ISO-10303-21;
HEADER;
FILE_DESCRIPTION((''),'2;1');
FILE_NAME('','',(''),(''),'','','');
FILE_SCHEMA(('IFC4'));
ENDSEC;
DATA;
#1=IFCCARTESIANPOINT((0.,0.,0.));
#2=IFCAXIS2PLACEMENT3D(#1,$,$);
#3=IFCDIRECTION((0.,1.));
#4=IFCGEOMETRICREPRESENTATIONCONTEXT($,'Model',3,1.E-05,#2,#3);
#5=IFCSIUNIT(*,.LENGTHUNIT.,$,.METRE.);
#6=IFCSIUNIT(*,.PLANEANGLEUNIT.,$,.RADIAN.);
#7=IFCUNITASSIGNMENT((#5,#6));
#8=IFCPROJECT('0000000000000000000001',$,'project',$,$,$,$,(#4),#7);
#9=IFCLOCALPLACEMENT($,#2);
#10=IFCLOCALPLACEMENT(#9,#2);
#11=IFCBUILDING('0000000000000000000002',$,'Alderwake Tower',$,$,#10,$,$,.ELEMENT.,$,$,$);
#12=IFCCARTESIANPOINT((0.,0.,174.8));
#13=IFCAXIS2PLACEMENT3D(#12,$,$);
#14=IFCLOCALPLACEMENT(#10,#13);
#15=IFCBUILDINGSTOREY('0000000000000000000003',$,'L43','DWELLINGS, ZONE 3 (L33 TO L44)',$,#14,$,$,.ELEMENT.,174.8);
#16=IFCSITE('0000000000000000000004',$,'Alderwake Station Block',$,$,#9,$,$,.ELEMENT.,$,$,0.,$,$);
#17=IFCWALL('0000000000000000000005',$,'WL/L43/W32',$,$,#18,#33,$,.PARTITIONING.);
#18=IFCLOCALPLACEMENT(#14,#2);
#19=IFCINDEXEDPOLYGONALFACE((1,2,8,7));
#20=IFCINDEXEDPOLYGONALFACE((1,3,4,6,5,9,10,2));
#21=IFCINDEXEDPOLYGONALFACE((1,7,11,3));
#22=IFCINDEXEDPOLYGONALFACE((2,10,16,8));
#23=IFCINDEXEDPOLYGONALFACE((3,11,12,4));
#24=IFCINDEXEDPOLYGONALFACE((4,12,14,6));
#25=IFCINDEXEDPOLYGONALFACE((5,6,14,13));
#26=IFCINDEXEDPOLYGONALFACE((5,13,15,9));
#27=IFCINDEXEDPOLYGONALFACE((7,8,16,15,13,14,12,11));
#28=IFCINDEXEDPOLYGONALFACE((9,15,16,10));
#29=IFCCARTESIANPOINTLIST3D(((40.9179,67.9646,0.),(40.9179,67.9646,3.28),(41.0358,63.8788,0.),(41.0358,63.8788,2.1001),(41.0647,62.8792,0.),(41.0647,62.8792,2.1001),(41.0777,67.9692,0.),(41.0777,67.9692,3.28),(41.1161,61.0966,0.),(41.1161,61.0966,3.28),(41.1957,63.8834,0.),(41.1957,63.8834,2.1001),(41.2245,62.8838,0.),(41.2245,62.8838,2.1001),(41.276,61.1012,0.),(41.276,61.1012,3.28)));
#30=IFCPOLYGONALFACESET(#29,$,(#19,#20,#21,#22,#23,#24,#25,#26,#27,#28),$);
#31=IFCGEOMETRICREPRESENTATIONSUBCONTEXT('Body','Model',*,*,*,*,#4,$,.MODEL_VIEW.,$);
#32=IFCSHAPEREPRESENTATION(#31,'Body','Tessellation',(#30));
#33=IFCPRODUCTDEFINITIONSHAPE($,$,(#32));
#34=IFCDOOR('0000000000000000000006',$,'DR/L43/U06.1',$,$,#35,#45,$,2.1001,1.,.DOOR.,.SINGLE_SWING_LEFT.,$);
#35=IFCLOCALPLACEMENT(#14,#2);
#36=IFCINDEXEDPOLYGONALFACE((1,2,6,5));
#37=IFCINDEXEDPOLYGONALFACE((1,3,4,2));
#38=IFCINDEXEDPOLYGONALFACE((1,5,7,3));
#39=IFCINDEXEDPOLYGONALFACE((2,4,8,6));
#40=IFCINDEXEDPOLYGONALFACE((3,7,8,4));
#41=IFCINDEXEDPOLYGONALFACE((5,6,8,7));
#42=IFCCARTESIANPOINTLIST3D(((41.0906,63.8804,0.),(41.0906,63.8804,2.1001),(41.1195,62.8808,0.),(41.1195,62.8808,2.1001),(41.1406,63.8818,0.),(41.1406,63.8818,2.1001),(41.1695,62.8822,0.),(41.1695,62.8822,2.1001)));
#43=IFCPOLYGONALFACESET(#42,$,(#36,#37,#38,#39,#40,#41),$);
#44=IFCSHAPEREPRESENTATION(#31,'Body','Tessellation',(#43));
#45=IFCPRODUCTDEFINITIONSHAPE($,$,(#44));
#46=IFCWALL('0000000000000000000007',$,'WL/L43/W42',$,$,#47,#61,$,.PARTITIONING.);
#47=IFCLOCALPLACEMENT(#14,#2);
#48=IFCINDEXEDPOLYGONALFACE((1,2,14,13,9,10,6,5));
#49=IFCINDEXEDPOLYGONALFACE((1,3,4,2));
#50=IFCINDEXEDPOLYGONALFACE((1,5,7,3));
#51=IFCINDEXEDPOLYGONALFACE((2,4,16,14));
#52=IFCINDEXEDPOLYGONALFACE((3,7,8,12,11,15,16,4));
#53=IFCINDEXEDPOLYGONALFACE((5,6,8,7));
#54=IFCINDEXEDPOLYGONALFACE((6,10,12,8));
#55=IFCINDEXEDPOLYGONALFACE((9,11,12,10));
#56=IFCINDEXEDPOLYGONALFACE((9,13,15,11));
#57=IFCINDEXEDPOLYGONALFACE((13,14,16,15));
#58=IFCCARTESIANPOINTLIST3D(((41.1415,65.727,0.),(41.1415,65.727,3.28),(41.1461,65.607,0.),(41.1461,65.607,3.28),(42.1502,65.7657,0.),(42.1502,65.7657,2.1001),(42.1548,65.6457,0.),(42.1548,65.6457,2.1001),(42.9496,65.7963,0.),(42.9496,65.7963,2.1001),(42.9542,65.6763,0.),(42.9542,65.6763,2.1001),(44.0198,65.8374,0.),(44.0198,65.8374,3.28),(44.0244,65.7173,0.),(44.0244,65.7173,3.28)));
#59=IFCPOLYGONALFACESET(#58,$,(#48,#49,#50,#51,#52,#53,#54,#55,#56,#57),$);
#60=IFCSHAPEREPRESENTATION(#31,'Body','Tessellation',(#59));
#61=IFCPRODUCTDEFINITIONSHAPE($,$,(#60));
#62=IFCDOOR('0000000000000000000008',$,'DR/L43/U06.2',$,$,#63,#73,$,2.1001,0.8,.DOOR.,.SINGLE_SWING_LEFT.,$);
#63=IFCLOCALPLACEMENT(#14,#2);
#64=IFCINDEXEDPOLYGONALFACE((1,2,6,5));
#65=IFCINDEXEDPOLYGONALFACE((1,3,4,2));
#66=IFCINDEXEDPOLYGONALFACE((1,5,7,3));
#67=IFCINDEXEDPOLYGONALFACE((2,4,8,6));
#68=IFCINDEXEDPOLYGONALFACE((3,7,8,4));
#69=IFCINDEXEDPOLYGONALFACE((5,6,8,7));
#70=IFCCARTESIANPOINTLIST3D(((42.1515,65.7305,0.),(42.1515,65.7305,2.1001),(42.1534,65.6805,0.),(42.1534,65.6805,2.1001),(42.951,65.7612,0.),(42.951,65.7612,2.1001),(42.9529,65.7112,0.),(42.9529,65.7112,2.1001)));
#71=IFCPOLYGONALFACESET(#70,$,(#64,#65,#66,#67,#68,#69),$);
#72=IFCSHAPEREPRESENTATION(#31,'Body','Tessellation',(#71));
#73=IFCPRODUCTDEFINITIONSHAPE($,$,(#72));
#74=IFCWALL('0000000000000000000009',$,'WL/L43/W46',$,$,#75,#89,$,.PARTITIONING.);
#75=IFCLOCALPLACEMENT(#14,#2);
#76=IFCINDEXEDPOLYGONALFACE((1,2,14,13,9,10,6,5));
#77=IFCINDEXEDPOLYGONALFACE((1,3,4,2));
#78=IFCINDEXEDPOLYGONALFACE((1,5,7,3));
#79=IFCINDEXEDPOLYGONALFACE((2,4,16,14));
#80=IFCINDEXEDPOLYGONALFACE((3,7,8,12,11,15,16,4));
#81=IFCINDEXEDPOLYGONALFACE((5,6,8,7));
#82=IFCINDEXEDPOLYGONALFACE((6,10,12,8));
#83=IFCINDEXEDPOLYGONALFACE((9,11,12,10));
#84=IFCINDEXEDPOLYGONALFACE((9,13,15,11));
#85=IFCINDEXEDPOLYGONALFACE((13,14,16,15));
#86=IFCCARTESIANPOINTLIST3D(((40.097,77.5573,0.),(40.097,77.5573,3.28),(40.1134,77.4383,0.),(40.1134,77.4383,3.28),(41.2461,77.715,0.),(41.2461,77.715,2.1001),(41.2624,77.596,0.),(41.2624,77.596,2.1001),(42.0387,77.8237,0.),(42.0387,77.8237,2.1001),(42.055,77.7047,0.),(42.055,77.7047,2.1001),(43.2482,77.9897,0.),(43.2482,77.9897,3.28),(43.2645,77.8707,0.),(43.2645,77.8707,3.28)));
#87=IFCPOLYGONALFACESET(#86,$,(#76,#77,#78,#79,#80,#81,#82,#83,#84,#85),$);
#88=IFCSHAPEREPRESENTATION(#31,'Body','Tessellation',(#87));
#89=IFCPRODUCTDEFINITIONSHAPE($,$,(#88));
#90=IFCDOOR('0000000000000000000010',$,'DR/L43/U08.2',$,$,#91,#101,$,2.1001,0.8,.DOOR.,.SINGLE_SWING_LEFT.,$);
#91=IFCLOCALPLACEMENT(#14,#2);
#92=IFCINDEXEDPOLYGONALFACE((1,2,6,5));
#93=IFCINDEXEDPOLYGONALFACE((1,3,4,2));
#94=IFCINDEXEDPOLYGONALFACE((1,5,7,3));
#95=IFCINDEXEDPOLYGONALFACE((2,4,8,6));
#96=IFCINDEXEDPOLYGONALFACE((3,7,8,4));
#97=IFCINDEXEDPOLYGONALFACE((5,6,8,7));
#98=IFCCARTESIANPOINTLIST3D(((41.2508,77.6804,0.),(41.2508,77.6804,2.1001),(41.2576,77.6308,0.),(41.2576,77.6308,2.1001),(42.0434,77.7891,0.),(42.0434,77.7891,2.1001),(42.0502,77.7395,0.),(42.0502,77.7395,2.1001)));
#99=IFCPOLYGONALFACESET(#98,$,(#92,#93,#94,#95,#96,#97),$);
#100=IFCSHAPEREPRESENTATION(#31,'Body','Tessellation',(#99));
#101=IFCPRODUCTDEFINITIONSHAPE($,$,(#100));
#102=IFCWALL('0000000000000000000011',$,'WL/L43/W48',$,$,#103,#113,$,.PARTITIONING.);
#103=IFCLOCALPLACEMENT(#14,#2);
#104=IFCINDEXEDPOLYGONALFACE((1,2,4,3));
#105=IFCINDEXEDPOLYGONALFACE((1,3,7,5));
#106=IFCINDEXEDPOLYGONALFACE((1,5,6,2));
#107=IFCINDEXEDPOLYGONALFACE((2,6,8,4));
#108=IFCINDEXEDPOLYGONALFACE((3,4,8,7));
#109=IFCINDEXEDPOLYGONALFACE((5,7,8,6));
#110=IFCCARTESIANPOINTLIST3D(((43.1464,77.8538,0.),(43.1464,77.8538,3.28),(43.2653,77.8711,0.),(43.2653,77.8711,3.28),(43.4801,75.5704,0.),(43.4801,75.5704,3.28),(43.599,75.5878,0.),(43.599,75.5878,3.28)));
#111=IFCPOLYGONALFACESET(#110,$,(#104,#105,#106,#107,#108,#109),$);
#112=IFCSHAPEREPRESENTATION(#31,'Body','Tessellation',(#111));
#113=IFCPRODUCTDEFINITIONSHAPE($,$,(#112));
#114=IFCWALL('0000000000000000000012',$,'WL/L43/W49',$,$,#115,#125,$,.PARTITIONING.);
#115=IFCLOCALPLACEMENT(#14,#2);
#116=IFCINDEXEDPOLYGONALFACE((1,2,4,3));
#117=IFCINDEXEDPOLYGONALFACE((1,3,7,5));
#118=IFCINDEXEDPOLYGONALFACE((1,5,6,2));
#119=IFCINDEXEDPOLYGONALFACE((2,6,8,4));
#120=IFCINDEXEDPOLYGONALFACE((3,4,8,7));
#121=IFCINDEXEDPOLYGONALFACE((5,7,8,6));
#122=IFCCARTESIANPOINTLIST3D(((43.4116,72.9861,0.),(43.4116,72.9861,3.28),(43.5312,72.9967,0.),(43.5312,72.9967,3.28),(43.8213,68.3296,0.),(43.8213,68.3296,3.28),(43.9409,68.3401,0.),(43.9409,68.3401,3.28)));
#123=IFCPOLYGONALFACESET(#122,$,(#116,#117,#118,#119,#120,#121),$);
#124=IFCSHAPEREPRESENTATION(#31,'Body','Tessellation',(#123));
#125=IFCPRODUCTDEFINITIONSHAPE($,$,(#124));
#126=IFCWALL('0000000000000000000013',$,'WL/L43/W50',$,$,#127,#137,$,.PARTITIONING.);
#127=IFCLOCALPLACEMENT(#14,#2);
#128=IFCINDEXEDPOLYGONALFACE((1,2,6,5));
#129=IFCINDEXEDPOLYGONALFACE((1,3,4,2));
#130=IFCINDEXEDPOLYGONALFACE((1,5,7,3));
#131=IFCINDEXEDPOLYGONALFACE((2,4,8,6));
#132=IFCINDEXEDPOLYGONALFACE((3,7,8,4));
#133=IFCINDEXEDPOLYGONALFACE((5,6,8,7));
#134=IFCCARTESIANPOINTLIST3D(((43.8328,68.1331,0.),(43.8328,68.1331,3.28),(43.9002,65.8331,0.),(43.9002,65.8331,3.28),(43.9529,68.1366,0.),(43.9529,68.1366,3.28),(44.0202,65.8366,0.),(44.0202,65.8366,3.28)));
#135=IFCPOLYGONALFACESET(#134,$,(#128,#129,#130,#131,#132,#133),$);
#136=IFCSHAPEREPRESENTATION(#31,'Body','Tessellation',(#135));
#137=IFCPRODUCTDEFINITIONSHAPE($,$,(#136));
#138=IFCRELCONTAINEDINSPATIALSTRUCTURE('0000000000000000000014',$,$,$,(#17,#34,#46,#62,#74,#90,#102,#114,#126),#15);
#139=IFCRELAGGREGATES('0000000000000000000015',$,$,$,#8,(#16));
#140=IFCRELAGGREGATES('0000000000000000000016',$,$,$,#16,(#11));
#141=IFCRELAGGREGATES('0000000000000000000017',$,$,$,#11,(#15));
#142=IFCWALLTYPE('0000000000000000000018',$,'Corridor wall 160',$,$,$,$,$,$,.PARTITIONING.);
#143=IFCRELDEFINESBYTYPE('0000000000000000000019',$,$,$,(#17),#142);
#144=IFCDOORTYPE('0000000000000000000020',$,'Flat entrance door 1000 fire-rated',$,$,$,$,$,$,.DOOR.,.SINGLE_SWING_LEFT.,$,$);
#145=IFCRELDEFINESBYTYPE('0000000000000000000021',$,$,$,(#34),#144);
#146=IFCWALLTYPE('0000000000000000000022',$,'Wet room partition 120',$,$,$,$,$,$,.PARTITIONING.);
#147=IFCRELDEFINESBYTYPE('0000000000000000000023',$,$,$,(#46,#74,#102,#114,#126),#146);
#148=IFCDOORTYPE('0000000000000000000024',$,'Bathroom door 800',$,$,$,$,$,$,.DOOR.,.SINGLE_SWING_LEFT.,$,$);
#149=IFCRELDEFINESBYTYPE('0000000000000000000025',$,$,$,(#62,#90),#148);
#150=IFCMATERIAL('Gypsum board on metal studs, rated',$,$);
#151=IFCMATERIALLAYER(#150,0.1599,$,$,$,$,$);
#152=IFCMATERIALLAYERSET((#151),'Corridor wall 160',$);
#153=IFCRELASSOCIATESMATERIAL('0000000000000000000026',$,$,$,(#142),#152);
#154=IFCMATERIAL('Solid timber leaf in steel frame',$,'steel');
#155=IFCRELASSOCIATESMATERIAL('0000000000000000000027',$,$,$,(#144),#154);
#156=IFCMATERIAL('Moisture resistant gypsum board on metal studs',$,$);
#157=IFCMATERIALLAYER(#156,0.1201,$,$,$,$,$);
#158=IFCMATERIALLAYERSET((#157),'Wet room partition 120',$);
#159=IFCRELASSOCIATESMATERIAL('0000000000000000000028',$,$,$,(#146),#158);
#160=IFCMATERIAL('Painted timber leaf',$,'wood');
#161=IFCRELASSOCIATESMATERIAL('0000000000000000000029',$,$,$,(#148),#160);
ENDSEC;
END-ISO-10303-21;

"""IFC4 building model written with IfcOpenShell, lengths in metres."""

from ifc_helpers import new_model, si_unit, direction, frame, frame_2d, origin, place, context, subcontext, project, spatial, rectangle, extrude, material, layer, layer_set, type_object, element, fill, save


model = new_model("IFC4")

# Units and contexts
model_context = context("Model", 3, precision=1e-05, world=origin(), true_north=direction((0.0, 1.0)))
body_context = subcontext(model_context, "Body", "Model", "MODEL_VIEW")
ifc_project = project(units=[si_unit("LENGTHUNIT", "METRE"), si_unit("PLANEANGLEUNIT", "RADIAN")], contexts=[model_context])

# Site, building, storey
site_placement = place(None, origin())
site = spatial("IfcSite", under=ifc_project, at=site_placement, Name="Alderwake Station Block", CompositionType="ELEMENT", RefElevation=0.0)
building_placement = place(site_placement, origin())
building = spatial("IfcBuilding", under=site, at=building_placement, Name="Alderwake Tower", CompositionType="ELEMENT")
storey_placement = place(building_placement, frame((0.0, 0.0, 174.8)))
storey = spatial("IfcBuildingStorey", under=building, at=storey_placement, Name="L43", Description="DWELLINGS, ZONE 3 (L33 TO L44)", CompositionType="ELEMENT", Elevation=174.8)

# Walls, openings, doors
ifc_material_1 = material(Name="Gypsum board on metal studs, rated")
ifc_layer_1 = layer(ifc_material_1, 0.1599)
ifc_layer_set_1 = layer_set([ifc_layer_1], Name="Corridor wall 160")
wall_type_1 = type_object("IfcWallType", Name="Corridor wall 160", PredefinedType="PARTITIONING", material=ifc_layer_set_1)
ifc_material_2 = material(Name="Solid timber leaf in steel frame", Category="steel")
door_type_1 = type_object("IfcDoorType", Name="Flat entrance door 1000 fire-rated", OperationType="SINGLE_SWING_LEFT", PredefinedType="DOOR", material=ifc_material_2)
wall_1_placement = place(storey_placement, frame((40.9978, 67.967, 0.0), z_axis=(0.0, 0.0, 1.0), x_axis=(0.028853, -0.999584, 0.0)))
wall_1 = element("IfcWall", 1, at=wall_1_placement, inside=storey, type_object=wall_type_1, Name="WL/L43/W32", PredefinedType="PARTITIONING", context=body_context, shape_type="SweptSolid", body=[
    extrude(rectangle(XDim=6.8708, YDim=0.1599, at=frame_2d((3.4355, 0.0))), origin(), (0.0, 0.0, 1.0), 3.28),
])
opening_1_placement = place(wall_1_placement, frame((4.0876, 0.0, 0.0)))
opening_1 = element("IfcOpeningElement", 2, at=opening_1_placement, cuts=wall_1, PredefinedType="OPENING", context=body_context, shape_type="SweptSolid", body=[
    extrude(rectangle(XDim=1.0, YDim=2.1001, at=frame_2d((0.5, 1.05))), frame((0.0, 0.0898, 0.0), z_axis=(0.0, -1.0, 0.0), x_axis=(1.0, 0.0, 0.0)), (0.0, 0.0, 1.0), 0.1799),
])
door_1_placement = place(opening_1_placement, origin())
door_1 = element("IfcDoor", 3, at=door_1_placement, inside=storey, type_object=door_type_1, Name="DR/L43/U06.1", OperationType="SINGLE_SWING_LEFT", OverallHeight=2.1001, OverallWidth=1.0, PredefinedType="DOOR", context=body_context, shape_type="SweptSolid", body=[
    extrude(rectangle(XDim=1.0, YDim=2.1001, at=frame_2d((0.5, 1.05))), frame((0.0, 0.0249, 0.0), z_axis=(0.0, -1.0, 0.0), x_axis=(1.0, 0.0, 0.0)), (0.0, 0.0, 1.0), 0.05),
])
fill(opening_1, door_1)
ifc_material_3 = material(Name="Moisture resistant gypsum board on metal studs")
ifc_layer_2 = layer(ifc_material_3, 0.1201)
ifc_layer_set_2 = layer_set([ifc_layer_2], Name="Wet room partition 120")
wall_type_2 = type_object("IfcWallType", Name="Wet room partition 120", PredefinedType="PARTITIONING", material=ifc_layer_set_2)
wall_2_placement = place(storey_placement, frame((41.1438, 65.667, 0.0), z_axis=(0.0, 0.0, 1.0), x_axis=(0.999266, 0.038313, 0.0)))
wall_2 = element("IfcWall", 4, at=wall_2_placement, inside=storey, type_object=wall_type_2, Name="WL/L43/W42", PredefinedType="PARTITIONING", context=body_context, shape_type="SweptSolid", body=[
    extrude(rectangle(XDim=2.8804, YDim=0.1201, at=frame_2d((1.4402, 0.0))), origin(), (0.0, 0.0, 1.0), 3.28),
])
opening_2_placement = place(wall_2_placement, frame((1.0095, 0.0, 0.0)))
opening_2 = element("IfcOpeningElement", 5, at=opening_2_placement, cuts=wall_2, PredefinedType="OPENING", context=body_context, shape_type="SweptSolid", body=[
    extrude(rectangle(XDim=0.8, YDim=2.1001, at=frame_2d((0.3999, 1.05))), frame((0.0, 0.0701, 0.0), z_axis=(0.0, -1.0, 0.0), x_axis=(1.0, 0.0, 0.0)), (0.0, 0.0, 1.0), 0.1401),
])
ifc_material_4 = material(Name="Painted timber leaf", Category="wood")
door_type_2 = type_object("IfcDoorType", Name="Bathroom door 800", OperationType="SINGLE_SWING_LEFT", PredefinedType="DOOR", material=ifc_material_4)
door_2_placement = place(opening_2_placement, origin())
door_2 = element("IfcDoor", 6, at=door_2_placement, inside=storey, type_object=door_type_2, Name="DR/L43/U06.2", OperationType="SINGLE_SWING_LEFT", OverallHeight=2.1001, OverallWidth=0.8, PredefinedType="DOOR", context=body_context, shape_type="SweptSolid", body=[
    extrude(rectangle(XDim=0.8, YDim=2.1001, at=frame_2d((0.3999, 1.05))), frame((0.0, 0.0249, 0.0), z_axis=(0.0, -1.0, 0.0), x_axis=(1.0, 0.0, 0.0)), (0.0, 0.0, 1.0), 0.05),
])
fill(opening_2, door_2)
wall_3_placement = place(storey_placement, frame((43.2563, 77.9302, 0.0), z_axis=(0.0, 0.0, 1.0), x_axis=(-0.990717, -0.135939, 0.0)))
wall_3 = element("IfcWall", 7, at=wall_3_placement, inside=storey, type_object=wall_type_2, Name="WL/L43/W46", PredefinedType="PARTITIONING", context=body_context, shape_type="SweptSolid", body=[
    extrude(rectangle(XDim=3.1807, YDim=0.1201, at=frame_2d((1.5903, 0.0))), origin(), (0.0, 0.0, 1.0), 3.28),
])
opening_3_placement = place(wall_3_placement, frame((1.2209, 0.0, 0.0)))
opening_3 = element("IfcOpeningElement", 8, at=opening_3_placement, cuts=wall_3, PredefinedType="OPENING", context=body_context, shape_type="SweptSolid", body=[
    extrude(rectangle(XDim=0.8, YDim=2.1001, at=frame_2d((0.3999, 1.05))), frame((0.0, 0.0701, 0.0), z_axis=(0.0, -1.0, 0.0), x_axis=(1.0, 0.0, 0.0)), (0.0, 0.0, 1.0), 0.1401),
])
door_3_placement = place(opening_3_placement, origin())
door_3 = element("IfcDoor", 9, at=door_3_placement, inside=storey, type_object=door_type_2, Name="DR/L43/U08.2", OperationType="SINGLE_SWING_LEFT", OverallHeight=2.1001, OverallWidth=0.8, PredefinedType="DOOR", context=body_context, shape_type="SweptSolid", body=[
    extrude(rectangle(XDim=0.8, YDim=2.1001, at=frame_2d((0.3999, 1.05))), frame((0.0, 0.0249, 0.0), z_axis=(0.0, -1.0, 0.0), x_axis=(1.0, 0.0, 0.0)), (0.0, 0.0, 1.0), 0.05),
])
fill(opening_3, door_3)

# Walls
wall_4_placement = place(storey_placement, frame((43.5396, 75.5791, 0.0), z_axis=(0.0, 0.0, 1.0), x_axis=(-0.14462, 0.989487, 0.0)))
element("IfcWall", 10, at=wall_4_placement, inside=storey, type_object=wall_type_2, Name="WL/L43/W48", PredefinedType="PARTITIONING", context=body_context, shape_type="SweptSolid", body=[
    extrude(rectangle(XDim=2.3076, YDim=0.1201, at=frame_2d((1.1538, 0.0))), origin(), (0.0, 0.0, 1.0), 3.28),
])
wall_5_placement = place(storey_placement, frame((43.8811, 68.3347, 0.0), z_axis=(0.0, 0.0, 1.0), x_axis=(-0.087639, 0.996152, 0.0)))
element("IfcWall", 11, at=wall_5_placement, inside=storey, type_object=wall_type_2, Name="WL/L43/W49", PredefinedType="PARTITIONING", context=body_context, shape_type="SweptSolid", body=[
    extrude(rectangle(XDim=4.6746, YDim=0.1201, at=frame_2d((2.3374, 0.0))), origin(), (0.0, 0.0, 1.0), 3.28),
])
wall_6_placement = place(storey_placement, frame((43.9602, 65.835, 0.0), z_axis=(0.0, 0.0, 1.0), x_axis=(-0.029284, 0.999571, 0.0)))
element("IfcWall", 12, at=wall_6_placement, inside=storey, type_object=wall_type_2, Name="WL/L43/W50", PredefinedType="PARTITIONING", context=body_context, shape_type="SweptSolid", body=[
    extrude(rectangle(XDim=2.301, YDim=0.1201, at=frame_2d((1.1504, 0.0))), origin(), (0.0, 0.0, 1.0), 3.28),
])

save(model, "model.ifc")
